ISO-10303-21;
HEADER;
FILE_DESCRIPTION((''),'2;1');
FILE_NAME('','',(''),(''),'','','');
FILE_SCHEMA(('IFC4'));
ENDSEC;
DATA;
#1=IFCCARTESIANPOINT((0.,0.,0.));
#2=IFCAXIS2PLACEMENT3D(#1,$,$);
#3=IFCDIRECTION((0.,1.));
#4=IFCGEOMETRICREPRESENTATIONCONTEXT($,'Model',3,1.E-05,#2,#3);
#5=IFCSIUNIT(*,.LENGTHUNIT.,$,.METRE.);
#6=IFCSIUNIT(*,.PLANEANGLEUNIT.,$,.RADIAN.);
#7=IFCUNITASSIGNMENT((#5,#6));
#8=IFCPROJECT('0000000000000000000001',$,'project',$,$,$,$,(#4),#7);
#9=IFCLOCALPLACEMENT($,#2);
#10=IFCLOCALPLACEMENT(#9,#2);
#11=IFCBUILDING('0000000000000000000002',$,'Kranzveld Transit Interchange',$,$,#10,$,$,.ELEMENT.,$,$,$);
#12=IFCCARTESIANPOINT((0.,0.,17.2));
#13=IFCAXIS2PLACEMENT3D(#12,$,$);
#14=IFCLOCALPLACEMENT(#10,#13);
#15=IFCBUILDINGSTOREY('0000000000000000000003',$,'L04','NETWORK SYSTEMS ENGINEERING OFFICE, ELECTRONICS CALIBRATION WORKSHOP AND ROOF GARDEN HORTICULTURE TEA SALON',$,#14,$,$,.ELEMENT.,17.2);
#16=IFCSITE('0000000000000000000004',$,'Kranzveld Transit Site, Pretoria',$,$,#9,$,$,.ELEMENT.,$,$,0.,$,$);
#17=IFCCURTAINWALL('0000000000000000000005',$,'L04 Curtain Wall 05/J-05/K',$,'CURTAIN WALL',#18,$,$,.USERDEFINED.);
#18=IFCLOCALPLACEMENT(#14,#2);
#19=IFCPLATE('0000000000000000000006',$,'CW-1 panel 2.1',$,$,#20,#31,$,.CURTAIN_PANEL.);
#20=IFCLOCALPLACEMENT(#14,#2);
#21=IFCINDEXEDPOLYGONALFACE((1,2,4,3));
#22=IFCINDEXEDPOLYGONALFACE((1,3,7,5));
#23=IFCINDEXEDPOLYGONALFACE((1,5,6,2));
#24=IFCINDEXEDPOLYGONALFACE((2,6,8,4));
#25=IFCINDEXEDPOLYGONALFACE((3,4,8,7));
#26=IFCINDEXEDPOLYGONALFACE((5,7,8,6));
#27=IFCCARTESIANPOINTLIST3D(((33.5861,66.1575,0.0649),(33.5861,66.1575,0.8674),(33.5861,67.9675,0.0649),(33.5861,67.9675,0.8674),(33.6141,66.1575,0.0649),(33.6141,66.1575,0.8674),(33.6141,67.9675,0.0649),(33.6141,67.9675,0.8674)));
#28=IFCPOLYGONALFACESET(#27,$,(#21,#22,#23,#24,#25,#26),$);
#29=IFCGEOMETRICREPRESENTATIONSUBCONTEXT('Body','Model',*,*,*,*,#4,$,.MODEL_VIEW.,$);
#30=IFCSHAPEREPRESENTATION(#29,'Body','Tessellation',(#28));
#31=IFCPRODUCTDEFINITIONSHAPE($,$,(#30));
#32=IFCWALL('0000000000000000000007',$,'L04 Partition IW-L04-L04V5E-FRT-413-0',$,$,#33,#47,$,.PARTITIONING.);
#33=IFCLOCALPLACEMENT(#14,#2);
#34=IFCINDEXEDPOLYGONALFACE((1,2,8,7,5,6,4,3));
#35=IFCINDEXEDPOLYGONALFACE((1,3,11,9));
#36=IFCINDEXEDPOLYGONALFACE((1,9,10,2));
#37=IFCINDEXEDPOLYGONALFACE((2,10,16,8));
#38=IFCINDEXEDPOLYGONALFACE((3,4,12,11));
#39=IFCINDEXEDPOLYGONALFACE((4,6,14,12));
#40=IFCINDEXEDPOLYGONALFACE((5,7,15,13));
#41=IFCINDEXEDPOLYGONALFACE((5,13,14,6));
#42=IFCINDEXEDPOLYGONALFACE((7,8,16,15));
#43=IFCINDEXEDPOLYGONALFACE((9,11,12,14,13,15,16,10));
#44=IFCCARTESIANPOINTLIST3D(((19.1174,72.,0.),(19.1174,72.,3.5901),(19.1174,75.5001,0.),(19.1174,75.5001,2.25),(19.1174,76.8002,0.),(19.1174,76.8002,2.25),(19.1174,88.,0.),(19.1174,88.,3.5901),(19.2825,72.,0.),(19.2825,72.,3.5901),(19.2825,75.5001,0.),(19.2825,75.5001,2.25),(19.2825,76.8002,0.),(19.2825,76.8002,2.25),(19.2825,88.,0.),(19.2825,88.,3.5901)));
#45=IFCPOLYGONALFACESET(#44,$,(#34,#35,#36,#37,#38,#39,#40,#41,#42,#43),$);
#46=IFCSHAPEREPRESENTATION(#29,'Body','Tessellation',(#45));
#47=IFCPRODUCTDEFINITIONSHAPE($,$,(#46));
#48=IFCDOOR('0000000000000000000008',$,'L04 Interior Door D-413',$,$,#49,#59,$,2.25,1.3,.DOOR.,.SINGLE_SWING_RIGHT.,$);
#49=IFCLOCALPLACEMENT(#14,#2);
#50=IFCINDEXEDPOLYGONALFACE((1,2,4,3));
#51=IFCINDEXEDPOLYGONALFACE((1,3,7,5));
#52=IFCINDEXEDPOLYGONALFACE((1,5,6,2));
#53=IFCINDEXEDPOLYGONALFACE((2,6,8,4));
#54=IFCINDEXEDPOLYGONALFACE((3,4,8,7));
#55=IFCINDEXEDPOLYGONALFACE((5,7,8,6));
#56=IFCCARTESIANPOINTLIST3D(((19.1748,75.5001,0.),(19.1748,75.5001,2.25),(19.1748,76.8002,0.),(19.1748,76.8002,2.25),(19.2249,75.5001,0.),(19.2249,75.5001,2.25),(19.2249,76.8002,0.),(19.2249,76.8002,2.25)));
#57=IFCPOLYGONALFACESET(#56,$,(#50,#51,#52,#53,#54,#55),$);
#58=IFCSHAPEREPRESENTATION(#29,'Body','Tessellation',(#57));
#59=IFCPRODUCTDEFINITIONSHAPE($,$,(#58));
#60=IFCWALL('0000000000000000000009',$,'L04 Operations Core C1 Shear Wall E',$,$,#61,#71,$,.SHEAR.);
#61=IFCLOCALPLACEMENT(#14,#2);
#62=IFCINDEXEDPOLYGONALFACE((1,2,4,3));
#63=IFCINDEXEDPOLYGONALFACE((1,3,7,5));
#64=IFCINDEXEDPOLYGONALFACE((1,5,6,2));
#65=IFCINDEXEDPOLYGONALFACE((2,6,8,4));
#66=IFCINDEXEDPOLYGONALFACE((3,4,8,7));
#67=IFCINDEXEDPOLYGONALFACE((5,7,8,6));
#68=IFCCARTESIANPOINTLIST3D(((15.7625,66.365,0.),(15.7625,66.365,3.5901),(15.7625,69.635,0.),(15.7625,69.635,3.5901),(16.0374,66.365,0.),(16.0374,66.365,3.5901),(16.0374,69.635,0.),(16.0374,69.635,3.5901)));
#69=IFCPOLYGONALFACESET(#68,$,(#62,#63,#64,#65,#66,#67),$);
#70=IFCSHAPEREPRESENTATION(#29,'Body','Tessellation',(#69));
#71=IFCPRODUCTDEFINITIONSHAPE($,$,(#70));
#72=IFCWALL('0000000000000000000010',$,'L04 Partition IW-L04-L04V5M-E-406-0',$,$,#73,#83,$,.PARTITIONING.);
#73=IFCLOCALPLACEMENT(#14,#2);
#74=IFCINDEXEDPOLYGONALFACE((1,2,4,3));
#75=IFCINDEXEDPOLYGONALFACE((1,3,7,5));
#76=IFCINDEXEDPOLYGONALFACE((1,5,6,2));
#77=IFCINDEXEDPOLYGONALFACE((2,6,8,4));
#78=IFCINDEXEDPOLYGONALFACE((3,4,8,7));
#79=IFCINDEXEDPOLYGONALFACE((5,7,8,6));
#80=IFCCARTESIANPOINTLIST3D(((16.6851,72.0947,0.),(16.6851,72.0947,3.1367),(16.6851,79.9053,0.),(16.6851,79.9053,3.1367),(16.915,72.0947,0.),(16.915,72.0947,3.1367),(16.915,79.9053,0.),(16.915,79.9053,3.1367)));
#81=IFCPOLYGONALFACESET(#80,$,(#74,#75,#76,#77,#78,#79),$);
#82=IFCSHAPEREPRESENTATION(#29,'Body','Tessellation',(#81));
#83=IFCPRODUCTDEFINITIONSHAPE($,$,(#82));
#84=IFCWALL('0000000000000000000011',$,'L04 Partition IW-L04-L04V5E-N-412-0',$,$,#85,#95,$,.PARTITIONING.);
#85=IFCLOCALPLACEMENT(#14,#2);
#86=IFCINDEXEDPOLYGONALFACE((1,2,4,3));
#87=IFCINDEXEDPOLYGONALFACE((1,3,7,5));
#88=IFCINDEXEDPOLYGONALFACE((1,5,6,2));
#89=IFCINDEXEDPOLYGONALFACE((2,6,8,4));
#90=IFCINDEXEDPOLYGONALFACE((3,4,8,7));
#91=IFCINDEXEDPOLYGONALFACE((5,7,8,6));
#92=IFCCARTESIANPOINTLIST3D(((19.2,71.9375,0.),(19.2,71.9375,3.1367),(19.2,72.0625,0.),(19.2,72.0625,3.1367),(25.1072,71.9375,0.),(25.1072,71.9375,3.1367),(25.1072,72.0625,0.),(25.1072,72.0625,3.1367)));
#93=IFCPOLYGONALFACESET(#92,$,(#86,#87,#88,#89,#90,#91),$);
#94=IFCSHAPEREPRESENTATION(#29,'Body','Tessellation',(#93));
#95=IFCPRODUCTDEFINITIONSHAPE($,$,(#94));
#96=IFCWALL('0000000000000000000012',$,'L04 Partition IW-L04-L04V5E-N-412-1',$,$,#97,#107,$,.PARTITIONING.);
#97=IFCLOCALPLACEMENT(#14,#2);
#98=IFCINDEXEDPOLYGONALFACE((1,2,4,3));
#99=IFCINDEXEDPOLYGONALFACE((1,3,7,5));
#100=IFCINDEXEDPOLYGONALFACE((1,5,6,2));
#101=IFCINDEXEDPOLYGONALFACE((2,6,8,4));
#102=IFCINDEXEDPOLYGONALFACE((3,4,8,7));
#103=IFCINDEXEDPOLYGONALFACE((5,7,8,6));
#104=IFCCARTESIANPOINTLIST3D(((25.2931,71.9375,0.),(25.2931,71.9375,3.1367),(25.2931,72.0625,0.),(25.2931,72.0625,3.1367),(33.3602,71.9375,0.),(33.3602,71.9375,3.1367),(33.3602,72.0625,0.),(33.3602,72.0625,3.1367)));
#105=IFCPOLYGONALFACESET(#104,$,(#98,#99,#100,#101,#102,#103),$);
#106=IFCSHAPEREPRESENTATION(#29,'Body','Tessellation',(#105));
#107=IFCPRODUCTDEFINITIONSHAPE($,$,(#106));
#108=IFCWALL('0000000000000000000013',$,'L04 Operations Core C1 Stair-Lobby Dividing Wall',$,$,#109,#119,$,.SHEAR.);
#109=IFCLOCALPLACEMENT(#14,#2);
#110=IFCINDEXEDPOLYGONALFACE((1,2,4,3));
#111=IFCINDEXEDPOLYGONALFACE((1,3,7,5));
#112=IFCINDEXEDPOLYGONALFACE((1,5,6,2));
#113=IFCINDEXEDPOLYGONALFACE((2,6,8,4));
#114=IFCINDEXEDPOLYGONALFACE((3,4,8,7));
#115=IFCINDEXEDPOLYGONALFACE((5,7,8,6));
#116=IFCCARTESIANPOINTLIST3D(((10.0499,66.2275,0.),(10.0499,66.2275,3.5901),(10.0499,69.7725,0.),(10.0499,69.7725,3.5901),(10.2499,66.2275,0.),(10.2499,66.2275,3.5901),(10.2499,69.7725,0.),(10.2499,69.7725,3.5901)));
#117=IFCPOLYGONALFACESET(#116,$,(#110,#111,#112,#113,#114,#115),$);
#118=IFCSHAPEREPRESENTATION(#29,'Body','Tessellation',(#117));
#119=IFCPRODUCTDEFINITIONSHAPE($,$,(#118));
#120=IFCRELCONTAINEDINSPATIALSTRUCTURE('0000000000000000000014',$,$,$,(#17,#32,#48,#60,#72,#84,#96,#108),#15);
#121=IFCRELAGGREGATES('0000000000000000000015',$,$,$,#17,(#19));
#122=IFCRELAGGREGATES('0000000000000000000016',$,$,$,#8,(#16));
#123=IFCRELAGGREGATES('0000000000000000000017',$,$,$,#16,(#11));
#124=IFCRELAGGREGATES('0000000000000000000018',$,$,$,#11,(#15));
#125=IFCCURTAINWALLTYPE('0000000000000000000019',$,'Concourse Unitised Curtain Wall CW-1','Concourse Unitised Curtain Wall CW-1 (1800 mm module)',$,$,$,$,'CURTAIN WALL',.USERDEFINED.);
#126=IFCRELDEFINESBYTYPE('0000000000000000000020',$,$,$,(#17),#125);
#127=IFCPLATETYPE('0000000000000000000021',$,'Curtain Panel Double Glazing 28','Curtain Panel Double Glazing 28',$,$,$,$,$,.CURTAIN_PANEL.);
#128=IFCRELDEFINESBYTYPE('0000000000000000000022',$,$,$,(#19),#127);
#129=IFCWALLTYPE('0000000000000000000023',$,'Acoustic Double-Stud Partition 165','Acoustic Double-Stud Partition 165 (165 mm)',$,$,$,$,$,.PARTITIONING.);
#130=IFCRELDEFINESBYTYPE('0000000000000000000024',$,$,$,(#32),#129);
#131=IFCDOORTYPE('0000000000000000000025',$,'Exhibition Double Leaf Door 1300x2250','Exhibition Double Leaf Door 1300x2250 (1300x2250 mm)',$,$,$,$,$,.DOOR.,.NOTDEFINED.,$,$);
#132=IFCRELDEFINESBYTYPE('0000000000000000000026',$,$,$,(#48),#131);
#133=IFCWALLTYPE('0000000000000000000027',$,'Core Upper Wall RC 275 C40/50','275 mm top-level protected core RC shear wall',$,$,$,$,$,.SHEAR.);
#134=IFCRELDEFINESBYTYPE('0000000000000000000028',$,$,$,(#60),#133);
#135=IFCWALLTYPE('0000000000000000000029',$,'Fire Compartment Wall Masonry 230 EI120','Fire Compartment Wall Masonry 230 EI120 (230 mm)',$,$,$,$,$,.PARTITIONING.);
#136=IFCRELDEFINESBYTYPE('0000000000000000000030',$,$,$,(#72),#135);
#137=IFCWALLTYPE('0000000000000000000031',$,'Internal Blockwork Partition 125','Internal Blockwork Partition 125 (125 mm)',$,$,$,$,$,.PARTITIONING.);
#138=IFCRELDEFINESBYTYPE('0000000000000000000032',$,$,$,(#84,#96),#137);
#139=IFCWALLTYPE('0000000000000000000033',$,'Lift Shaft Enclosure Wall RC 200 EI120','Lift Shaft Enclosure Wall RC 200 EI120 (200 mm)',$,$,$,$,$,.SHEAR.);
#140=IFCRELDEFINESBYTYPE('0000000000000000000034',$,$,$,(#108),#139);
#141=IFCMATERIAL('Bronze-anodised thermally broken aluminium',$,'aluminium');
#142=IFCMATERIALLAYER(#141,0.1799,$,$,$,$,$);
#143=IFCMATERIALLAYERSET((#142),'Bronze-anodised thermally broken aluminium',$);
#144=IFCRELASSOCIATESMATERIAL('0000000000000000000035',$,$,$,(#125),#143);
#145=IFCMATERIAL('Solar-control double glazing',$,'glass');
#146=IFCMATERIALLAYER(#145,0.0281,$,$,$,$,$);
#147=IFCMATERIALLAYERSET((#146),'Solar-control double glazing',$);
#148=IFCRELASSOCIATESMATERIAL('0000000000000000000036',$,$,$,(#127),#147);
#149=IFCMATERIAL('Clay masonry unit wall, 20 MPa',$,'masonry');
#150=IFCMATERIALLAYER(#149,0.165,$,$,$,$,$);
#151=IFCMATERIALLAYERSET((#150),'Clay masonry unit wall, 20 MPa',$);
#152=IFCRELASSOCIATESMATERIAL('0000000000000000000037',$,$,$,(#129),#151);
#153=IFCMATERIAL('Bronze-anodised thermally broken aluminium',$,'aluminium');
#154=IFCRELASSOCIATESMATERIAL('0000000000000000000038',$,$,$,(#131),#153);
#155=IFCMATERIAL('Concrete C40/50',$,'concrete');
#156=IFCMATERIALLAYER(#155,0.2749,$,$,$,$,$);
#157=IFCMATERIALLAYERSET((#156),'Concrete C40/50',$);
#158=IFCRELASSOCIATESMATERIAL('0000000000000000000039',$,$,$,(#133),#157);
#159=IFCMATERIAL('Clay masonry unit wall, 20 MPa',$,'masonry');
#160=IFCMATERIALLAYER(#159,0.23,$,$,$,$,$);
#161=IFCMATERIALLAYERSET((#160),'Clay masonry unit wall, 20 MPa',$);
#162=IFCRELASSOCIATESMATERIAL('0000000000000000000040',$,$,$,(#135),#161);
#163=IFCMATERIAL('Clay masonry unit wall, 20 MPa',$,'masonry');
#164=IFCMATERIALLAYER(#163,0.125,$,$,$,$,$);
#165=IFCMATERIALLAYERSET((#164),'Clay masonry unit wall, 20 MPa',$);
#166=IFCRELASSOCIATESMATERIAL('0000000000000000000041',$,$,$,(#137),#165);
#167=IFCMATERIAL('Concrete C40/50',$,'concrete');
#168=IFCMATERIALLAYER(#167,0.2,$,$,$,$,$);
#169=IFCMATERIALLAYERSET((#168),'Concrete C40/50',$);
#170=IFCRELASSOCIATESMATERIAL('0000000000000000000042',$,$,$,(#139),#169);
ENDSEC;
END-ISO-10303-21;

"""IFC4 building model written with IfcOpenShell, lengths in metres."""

from ifc_helpers import new_model, si_unit, direction, frame, frame_2d, origin, origin_2d, place, context, subcontext, project, spatial, rectangle, extrude, material, layer, layer_set, type_object, element, fill, aggregate, save


model = new_model("IFC4")

# Units and contexts
model_context = context("Model", 3, precision=1e-05, world=origin(), true_north=direction((0.0, 1.0)))
body_context = subcontext(model_context, "Body", "Model", "MODEL_VIEW")
ifc_project = project(units=[si_unit("LENGTHUNIT", "METRE"), si_unit("PLANEANGLEUNIT", "RADIAN")], contexts=[model_context])

# Site, building, storey
site_placement = place(None, origin())
site = spatial("IfcSite", under=ifc_project, at=site_placement, Name="Kranzveld Transit Site, Pretoria", CompositionType="ELEMENT", RefElevation=0.0)
building_placement = place(site_placement, origin())
building = spatial("IfcBuilding", under=site, at=building_placement, Name="Kranzveld Transit Interchange", CompositionType="ELEMENT")
storey_placement = place(building_placement, frame((0.0, 0.0, 17.2)))
storey = spatial("IfcBuildingStorey", under=building, at=storey_placement, Name="L04", Description="NETWORK SYSTEMS ENGINEERING OFFICE, ELECTRONICS CALIBRATION WORKSHOP AND ROOF GARDEN HORTICULTURE TEA SALON", CompositionType="ELEMENT", Elevation=17.2)

# Curtain wall
ifc_material_1 = material(Name="Bronze-anodised thermally broken aluminium", Category="aluminium")
ifc_layer_1 = layer(ifc_material_1, 0.1799)
ifc_layer_set_1 = layer_set([ifc_layer_1], Name="Bronze-anodised thermally broken aluminium")
curtain_wall_type = type_object("IfcCurtainWallType", Name="Concourse Unitised Curtain Wall CW-1", Description="Concourse Unitised Curtain Wall CW-1 (1800 mm module)", ElementType="CURTAIN WALL", PredefinedType="USERDEFINED", material=ifc_layer_set_1)
curtain_wall_placement = place(storey_placement, origin())
curtain_wall = element("IfcCurtainWall", 1, at=curtain_wall_placement, inside=storey, type_object=curtain_wall_type, Name="L04 Curtain Wall 05/J-05/K", ObjectType="CURTAIN WALL", PredefinedType="USERDEFINED")

# Plate
ifc_material_2 = material(Name="Solar-control double glazing", Category="glass")
ifc_layer_2 = layer(ifc_material_2, 0.0281)
ifc_layer_set_2 = layer_set([ifc_layer_2], Name="Solar-control double glazing")
plate_type = type_object("IfcPlateType", Name="Curtain Panel Double Glazing 28", Description="Curtain Panel Double Glazing 28", PredefinedType="CURTAIN_PANEL", material=ifc_layer_set_2)
plate_1_placement = place(storey_placement, frame((33.6001, 67.0625, 0.0649), z_axis=(0.0, 0.0, 1.0), x_axis=(0.0, 1.0, 0.0)))
plate_1 = element("IfcPlate", 2, at=plate_1_placement, type_object=plate_type, Name="CW-1 panel 2.1", PredefinedType="CURTAIN_PANEL", context=body_context, shape_type="SweptSolid", body=[
    extrude(rectangle(XDim=1.8101, YDim=0.0281, at=origin_2d()), origin(), (0.0, 0.0, 1.0), 0.8025),
])
aggregate(curtain_wall, [plate_1])

# Wall, opening, door
ifc_material_3 = material(Name="Clay masonry unit wall, 20 MPa", Category="masonry")
ifc_layer_3 = layer(ifc_material_3, 0.165)
ifc_layer_set_3 = layer_set([ifc_layer_3], Name="Clay masonry unit wall, 20 MPa")
wall_type_1 = type_object("IfcWallType", Name="Acoustic Double-Stud Partition 165", Description="Acoustic Double-Stud Partition 165 (165 mm)", PredefinedType="PARTITIONING", material=ifc_layer_set_3)
wall_1_placement = place(storey_placement, frame((19.2, 72.0, 0.0), z_axis=(0.0, 0.0, 1.0), x_axis=(0.0, 1.0, 0.0)))
wall_1 = element("IfcWall", 3, at=wall_1_placement, inside=storey, type_object=wall_type_1, Name="L04 Partition IW-L04-L04V5E-FRT-413-0", PredefinedType="PARTITIONING", context=body_context, shape_type="SweptSolid", body=[
    extrude(rectangle(XDim=16.0, YDim=0.165, at=frame_2d((8.0, 0.0))), origin(), (0.0, 0.0, 1.0), 3.5901),
])
opening_1_placement = place(wall_1_placement, frame((4.8, 0.0, 0.0), z_axis=(0.0, 0.0, 1.0), x_axis=(-1.0, 0.0, 0.0)))
opening_1 = element("IfcOpeningElement", 4, at=opening_1_placement, cuts=wall_1, PredefinedType="OPENING", context=body_context, shape_type="SweptSolid", body=[
    extrude(rectangle(XDim=1.3, YDim=2.25, at=frame_2d((0.6499, 1.125))), frame((0.0, 0.0925, 0.0), z_axis=(0.0, -1.0, 0.0), x_axis=(1.0, 0.0, 0.0)), (0.0, 0.0, 1.0), 0.1851),
])
ifc_material_4 = material(Name="Bronze-anodised thermally broken aluminium", Category="aluminium")
door_type_1 = type_object("IfcDoorType", Name="Exhibition Double Leaf Door 1300x2250", Description="Exhibition Double Leaf Door 1300x2250 (1300x2250 mm)", OperationType="NOTDEFINED", PredefinedType="DOOR", material=ifc_material_4)
door_1_placement = place(opening_1_placement, origin())
door_1 = element("IfcDoor", 5, at=door_1_placement, inside=storey, type_object=door_type_1, Name="L04 Interior Door D-413", OperationType="SINGLE_SWING_RIGHT", OverallHeight=2.25, OverallWidth=1.3, PredefinedType="DOOR", context=body_context, shape_type="SweptSolid", body=[
    extrude(rectangle(XDim=1.3, YDim=2.25, at=frame_2d((0.6499, 1.125))), frame((0.0, 0.0249, 0.0), z_axis=(0.0, -1.0, 0.0), x_axis=(1.0, 0.0, 0.0)), (0.0, 0.0, 1.0), 0.05),
])
fill(opening_1, door_1)

# Walls
ifc_material_5 = material(Name="Concrete C40/50", Category="concrete")
ifc_layer_4 = layer(ifc_material_5, 0.2749)
ifc_layer_set_4 = layer_set([ifc_layer_4], Name="Concrete C40/50")
wall_type_2 = type_object("IfcWallType", Name="Core Upper Wall RC 275 C40/50", Description="275 mm top-level protected core RC shear wall", PredefinedType="SHEAR", material=ifc_layer_set_4)
wall_2_placement = place(storey_placement, frame((15.8999, 66.365, 0.0), z_axis=(0.0, 0.0, 1.0), x_axis=(0.0, 1.0, 0.0)))
element("IfcWall", 6, at=wall_2_placement, inside=storey, type_object=wall_type_2, Name="L04 Operations Core C1 Shear Wall E", PredefinedType="SHEAR", context=body_context, shape_type="SweptSolid", body=[
    extrude(rectangle(XDim=3.27, YDim=0.2749, at=frame_2d((1.635, 0.0))), origin(), (0.0, 0.0, 1.0), 3.5901),
])
ifc_material_6 = material(Name="Clay masonry unit wall, 20 MPa", Category="masonry")
ifc_layer_5 = layer(ifc_material_6, 0.23)
ifc_layer_set_5 = layer_set([ifc_layer_5], Name="Clay masonry unit wall, 20 MPa")
wall_type_3 = type_object("IfcWallType", Name="Fire Compartment Wall Masonry 230 EI120", Description="Fire Compartment Wall Masonry 230 EI120 (230 mm)", PredefinedType="PARTITIONING", material=ifc_layer_set_5)
wall_3_placement = place(storey_placement, frame((16.8, 72.0947, 0.0), z_axis=(0.0, 0.0, 1.0), x_axis=(0.0, 1.0, 0.0)))
element("IfcWall", 7, at=wall_3_placement, inside=storey, type_object=wall_type_3, Name="L04 Partition IW-L04-L04V5M-E-406-0", PredefinedType="PARTITIONING", context=body_context, shape_type="SweptSolid", body=[
    extrude(rectangle(XDim=7.8105, YDim=0.23, at=frame_2d((3.9053, 0.0))), origin(), (0.0, 0.0, 1.0), 3.1367),
])
ifc_material_7 = material(Name="Clay masonry unit wall, 20 MPa", Category="masonry")
ifc_layer_6 = layer(ifc_material_7, 0.125)
ifc_layer_set_6 = layer_set([ifc_layer_6], Name="Clay masonry unit wall, 20 MPa")
wall_type_4 = type_object("IfcWallType", Name="Internal Blockwork Partition 125", Description="Internal Blockwork Partition 125 (125 mm)", PredefinedType="PARTITIONING", material=ifc_layer_set_6)
wall_4_placement = place(storey_placement, frame((19.2, 72.0, 0.0), z_axis=(0.0, 0.0, 1.0), x_axis=(1.0, 0.0, 0.0)))
element("IfcWall", 8, at=wall_4_placement, inside=storey, type_object=wall_type_4, Name="L04 Partition IW-L04-L04V5E-N-412-0", PredefinedType="PARTITIONING", context=body_context, shape_type="SweptSolid", body=[
    extrude(rectangle(XDim=5.9072, YDim=0.125, at=frame_2d((2.9536, 0.0))), origin(), (0.0, 0.0, 1.0), 3.1367),
])
wall_5_placement = place(storey_placement, frame((25.293, 72.0, 0.0), z_axis=(0.0, 0.0, 1.0), x_axis=(1.0, 0.0, 0.0)))
element("IfcWall", 9, at=wall_5_placement, inside=storey, type_object=wall_type_4, Name="L04 Partition IW-L04-L04V5E-N-412-1", PredefinedType="PARTITIONING", context=body_context, shape_type="SweptSolid", body=[
    extrude(rectangle(XDim=8.0671, YDim=0.125, at=frame_2d((4.0337, 0.0))), origin(), (0.0, 0.0, 1.0), 3.1367),
])
ifc_material_8 = material(Name="Concrete C40/50", Category="concrete")
ifc_layer_7 = layer(ifc_material_8, 0.2)
ifc_layer_set_7 = layer_set([ifc_layer_7], Name="Concrete C40/50")
wall_type_5 = type_object("IfcWallType", Name="Lift Shaft Enclosure Wall RC 200 EI120", Description="Lift Shaft Enclosure Wall RC 200 EI120 (200 mm)", PredefinedType="SHEAR", material=ifc_layer_set_7)
wall_6_placement = place(storey_placement, frame((10.1499, 66.2275, 0.0), z_axis=(0.0, 0.0, 1.0), x_axis=(0.0, 1.0, 0.0)))
element("IfcWall", 10, at=wall_6_placement, inside=storey, type_object=wall_type_5, Name="L04 Operations Core C1 Stair-Lobby Dividing Wall", PredefinedType="SHEAR", context=body_context, shape_type="SweptSolid", body=[
    extrude(rectangle(XDim=3.5449, YDim=0.2, at=frame_2d((1.7725, 0.0))), origin(), (0.0, 0.0, 1.0), 3.5901),
])

save(model, "model.ifc")
